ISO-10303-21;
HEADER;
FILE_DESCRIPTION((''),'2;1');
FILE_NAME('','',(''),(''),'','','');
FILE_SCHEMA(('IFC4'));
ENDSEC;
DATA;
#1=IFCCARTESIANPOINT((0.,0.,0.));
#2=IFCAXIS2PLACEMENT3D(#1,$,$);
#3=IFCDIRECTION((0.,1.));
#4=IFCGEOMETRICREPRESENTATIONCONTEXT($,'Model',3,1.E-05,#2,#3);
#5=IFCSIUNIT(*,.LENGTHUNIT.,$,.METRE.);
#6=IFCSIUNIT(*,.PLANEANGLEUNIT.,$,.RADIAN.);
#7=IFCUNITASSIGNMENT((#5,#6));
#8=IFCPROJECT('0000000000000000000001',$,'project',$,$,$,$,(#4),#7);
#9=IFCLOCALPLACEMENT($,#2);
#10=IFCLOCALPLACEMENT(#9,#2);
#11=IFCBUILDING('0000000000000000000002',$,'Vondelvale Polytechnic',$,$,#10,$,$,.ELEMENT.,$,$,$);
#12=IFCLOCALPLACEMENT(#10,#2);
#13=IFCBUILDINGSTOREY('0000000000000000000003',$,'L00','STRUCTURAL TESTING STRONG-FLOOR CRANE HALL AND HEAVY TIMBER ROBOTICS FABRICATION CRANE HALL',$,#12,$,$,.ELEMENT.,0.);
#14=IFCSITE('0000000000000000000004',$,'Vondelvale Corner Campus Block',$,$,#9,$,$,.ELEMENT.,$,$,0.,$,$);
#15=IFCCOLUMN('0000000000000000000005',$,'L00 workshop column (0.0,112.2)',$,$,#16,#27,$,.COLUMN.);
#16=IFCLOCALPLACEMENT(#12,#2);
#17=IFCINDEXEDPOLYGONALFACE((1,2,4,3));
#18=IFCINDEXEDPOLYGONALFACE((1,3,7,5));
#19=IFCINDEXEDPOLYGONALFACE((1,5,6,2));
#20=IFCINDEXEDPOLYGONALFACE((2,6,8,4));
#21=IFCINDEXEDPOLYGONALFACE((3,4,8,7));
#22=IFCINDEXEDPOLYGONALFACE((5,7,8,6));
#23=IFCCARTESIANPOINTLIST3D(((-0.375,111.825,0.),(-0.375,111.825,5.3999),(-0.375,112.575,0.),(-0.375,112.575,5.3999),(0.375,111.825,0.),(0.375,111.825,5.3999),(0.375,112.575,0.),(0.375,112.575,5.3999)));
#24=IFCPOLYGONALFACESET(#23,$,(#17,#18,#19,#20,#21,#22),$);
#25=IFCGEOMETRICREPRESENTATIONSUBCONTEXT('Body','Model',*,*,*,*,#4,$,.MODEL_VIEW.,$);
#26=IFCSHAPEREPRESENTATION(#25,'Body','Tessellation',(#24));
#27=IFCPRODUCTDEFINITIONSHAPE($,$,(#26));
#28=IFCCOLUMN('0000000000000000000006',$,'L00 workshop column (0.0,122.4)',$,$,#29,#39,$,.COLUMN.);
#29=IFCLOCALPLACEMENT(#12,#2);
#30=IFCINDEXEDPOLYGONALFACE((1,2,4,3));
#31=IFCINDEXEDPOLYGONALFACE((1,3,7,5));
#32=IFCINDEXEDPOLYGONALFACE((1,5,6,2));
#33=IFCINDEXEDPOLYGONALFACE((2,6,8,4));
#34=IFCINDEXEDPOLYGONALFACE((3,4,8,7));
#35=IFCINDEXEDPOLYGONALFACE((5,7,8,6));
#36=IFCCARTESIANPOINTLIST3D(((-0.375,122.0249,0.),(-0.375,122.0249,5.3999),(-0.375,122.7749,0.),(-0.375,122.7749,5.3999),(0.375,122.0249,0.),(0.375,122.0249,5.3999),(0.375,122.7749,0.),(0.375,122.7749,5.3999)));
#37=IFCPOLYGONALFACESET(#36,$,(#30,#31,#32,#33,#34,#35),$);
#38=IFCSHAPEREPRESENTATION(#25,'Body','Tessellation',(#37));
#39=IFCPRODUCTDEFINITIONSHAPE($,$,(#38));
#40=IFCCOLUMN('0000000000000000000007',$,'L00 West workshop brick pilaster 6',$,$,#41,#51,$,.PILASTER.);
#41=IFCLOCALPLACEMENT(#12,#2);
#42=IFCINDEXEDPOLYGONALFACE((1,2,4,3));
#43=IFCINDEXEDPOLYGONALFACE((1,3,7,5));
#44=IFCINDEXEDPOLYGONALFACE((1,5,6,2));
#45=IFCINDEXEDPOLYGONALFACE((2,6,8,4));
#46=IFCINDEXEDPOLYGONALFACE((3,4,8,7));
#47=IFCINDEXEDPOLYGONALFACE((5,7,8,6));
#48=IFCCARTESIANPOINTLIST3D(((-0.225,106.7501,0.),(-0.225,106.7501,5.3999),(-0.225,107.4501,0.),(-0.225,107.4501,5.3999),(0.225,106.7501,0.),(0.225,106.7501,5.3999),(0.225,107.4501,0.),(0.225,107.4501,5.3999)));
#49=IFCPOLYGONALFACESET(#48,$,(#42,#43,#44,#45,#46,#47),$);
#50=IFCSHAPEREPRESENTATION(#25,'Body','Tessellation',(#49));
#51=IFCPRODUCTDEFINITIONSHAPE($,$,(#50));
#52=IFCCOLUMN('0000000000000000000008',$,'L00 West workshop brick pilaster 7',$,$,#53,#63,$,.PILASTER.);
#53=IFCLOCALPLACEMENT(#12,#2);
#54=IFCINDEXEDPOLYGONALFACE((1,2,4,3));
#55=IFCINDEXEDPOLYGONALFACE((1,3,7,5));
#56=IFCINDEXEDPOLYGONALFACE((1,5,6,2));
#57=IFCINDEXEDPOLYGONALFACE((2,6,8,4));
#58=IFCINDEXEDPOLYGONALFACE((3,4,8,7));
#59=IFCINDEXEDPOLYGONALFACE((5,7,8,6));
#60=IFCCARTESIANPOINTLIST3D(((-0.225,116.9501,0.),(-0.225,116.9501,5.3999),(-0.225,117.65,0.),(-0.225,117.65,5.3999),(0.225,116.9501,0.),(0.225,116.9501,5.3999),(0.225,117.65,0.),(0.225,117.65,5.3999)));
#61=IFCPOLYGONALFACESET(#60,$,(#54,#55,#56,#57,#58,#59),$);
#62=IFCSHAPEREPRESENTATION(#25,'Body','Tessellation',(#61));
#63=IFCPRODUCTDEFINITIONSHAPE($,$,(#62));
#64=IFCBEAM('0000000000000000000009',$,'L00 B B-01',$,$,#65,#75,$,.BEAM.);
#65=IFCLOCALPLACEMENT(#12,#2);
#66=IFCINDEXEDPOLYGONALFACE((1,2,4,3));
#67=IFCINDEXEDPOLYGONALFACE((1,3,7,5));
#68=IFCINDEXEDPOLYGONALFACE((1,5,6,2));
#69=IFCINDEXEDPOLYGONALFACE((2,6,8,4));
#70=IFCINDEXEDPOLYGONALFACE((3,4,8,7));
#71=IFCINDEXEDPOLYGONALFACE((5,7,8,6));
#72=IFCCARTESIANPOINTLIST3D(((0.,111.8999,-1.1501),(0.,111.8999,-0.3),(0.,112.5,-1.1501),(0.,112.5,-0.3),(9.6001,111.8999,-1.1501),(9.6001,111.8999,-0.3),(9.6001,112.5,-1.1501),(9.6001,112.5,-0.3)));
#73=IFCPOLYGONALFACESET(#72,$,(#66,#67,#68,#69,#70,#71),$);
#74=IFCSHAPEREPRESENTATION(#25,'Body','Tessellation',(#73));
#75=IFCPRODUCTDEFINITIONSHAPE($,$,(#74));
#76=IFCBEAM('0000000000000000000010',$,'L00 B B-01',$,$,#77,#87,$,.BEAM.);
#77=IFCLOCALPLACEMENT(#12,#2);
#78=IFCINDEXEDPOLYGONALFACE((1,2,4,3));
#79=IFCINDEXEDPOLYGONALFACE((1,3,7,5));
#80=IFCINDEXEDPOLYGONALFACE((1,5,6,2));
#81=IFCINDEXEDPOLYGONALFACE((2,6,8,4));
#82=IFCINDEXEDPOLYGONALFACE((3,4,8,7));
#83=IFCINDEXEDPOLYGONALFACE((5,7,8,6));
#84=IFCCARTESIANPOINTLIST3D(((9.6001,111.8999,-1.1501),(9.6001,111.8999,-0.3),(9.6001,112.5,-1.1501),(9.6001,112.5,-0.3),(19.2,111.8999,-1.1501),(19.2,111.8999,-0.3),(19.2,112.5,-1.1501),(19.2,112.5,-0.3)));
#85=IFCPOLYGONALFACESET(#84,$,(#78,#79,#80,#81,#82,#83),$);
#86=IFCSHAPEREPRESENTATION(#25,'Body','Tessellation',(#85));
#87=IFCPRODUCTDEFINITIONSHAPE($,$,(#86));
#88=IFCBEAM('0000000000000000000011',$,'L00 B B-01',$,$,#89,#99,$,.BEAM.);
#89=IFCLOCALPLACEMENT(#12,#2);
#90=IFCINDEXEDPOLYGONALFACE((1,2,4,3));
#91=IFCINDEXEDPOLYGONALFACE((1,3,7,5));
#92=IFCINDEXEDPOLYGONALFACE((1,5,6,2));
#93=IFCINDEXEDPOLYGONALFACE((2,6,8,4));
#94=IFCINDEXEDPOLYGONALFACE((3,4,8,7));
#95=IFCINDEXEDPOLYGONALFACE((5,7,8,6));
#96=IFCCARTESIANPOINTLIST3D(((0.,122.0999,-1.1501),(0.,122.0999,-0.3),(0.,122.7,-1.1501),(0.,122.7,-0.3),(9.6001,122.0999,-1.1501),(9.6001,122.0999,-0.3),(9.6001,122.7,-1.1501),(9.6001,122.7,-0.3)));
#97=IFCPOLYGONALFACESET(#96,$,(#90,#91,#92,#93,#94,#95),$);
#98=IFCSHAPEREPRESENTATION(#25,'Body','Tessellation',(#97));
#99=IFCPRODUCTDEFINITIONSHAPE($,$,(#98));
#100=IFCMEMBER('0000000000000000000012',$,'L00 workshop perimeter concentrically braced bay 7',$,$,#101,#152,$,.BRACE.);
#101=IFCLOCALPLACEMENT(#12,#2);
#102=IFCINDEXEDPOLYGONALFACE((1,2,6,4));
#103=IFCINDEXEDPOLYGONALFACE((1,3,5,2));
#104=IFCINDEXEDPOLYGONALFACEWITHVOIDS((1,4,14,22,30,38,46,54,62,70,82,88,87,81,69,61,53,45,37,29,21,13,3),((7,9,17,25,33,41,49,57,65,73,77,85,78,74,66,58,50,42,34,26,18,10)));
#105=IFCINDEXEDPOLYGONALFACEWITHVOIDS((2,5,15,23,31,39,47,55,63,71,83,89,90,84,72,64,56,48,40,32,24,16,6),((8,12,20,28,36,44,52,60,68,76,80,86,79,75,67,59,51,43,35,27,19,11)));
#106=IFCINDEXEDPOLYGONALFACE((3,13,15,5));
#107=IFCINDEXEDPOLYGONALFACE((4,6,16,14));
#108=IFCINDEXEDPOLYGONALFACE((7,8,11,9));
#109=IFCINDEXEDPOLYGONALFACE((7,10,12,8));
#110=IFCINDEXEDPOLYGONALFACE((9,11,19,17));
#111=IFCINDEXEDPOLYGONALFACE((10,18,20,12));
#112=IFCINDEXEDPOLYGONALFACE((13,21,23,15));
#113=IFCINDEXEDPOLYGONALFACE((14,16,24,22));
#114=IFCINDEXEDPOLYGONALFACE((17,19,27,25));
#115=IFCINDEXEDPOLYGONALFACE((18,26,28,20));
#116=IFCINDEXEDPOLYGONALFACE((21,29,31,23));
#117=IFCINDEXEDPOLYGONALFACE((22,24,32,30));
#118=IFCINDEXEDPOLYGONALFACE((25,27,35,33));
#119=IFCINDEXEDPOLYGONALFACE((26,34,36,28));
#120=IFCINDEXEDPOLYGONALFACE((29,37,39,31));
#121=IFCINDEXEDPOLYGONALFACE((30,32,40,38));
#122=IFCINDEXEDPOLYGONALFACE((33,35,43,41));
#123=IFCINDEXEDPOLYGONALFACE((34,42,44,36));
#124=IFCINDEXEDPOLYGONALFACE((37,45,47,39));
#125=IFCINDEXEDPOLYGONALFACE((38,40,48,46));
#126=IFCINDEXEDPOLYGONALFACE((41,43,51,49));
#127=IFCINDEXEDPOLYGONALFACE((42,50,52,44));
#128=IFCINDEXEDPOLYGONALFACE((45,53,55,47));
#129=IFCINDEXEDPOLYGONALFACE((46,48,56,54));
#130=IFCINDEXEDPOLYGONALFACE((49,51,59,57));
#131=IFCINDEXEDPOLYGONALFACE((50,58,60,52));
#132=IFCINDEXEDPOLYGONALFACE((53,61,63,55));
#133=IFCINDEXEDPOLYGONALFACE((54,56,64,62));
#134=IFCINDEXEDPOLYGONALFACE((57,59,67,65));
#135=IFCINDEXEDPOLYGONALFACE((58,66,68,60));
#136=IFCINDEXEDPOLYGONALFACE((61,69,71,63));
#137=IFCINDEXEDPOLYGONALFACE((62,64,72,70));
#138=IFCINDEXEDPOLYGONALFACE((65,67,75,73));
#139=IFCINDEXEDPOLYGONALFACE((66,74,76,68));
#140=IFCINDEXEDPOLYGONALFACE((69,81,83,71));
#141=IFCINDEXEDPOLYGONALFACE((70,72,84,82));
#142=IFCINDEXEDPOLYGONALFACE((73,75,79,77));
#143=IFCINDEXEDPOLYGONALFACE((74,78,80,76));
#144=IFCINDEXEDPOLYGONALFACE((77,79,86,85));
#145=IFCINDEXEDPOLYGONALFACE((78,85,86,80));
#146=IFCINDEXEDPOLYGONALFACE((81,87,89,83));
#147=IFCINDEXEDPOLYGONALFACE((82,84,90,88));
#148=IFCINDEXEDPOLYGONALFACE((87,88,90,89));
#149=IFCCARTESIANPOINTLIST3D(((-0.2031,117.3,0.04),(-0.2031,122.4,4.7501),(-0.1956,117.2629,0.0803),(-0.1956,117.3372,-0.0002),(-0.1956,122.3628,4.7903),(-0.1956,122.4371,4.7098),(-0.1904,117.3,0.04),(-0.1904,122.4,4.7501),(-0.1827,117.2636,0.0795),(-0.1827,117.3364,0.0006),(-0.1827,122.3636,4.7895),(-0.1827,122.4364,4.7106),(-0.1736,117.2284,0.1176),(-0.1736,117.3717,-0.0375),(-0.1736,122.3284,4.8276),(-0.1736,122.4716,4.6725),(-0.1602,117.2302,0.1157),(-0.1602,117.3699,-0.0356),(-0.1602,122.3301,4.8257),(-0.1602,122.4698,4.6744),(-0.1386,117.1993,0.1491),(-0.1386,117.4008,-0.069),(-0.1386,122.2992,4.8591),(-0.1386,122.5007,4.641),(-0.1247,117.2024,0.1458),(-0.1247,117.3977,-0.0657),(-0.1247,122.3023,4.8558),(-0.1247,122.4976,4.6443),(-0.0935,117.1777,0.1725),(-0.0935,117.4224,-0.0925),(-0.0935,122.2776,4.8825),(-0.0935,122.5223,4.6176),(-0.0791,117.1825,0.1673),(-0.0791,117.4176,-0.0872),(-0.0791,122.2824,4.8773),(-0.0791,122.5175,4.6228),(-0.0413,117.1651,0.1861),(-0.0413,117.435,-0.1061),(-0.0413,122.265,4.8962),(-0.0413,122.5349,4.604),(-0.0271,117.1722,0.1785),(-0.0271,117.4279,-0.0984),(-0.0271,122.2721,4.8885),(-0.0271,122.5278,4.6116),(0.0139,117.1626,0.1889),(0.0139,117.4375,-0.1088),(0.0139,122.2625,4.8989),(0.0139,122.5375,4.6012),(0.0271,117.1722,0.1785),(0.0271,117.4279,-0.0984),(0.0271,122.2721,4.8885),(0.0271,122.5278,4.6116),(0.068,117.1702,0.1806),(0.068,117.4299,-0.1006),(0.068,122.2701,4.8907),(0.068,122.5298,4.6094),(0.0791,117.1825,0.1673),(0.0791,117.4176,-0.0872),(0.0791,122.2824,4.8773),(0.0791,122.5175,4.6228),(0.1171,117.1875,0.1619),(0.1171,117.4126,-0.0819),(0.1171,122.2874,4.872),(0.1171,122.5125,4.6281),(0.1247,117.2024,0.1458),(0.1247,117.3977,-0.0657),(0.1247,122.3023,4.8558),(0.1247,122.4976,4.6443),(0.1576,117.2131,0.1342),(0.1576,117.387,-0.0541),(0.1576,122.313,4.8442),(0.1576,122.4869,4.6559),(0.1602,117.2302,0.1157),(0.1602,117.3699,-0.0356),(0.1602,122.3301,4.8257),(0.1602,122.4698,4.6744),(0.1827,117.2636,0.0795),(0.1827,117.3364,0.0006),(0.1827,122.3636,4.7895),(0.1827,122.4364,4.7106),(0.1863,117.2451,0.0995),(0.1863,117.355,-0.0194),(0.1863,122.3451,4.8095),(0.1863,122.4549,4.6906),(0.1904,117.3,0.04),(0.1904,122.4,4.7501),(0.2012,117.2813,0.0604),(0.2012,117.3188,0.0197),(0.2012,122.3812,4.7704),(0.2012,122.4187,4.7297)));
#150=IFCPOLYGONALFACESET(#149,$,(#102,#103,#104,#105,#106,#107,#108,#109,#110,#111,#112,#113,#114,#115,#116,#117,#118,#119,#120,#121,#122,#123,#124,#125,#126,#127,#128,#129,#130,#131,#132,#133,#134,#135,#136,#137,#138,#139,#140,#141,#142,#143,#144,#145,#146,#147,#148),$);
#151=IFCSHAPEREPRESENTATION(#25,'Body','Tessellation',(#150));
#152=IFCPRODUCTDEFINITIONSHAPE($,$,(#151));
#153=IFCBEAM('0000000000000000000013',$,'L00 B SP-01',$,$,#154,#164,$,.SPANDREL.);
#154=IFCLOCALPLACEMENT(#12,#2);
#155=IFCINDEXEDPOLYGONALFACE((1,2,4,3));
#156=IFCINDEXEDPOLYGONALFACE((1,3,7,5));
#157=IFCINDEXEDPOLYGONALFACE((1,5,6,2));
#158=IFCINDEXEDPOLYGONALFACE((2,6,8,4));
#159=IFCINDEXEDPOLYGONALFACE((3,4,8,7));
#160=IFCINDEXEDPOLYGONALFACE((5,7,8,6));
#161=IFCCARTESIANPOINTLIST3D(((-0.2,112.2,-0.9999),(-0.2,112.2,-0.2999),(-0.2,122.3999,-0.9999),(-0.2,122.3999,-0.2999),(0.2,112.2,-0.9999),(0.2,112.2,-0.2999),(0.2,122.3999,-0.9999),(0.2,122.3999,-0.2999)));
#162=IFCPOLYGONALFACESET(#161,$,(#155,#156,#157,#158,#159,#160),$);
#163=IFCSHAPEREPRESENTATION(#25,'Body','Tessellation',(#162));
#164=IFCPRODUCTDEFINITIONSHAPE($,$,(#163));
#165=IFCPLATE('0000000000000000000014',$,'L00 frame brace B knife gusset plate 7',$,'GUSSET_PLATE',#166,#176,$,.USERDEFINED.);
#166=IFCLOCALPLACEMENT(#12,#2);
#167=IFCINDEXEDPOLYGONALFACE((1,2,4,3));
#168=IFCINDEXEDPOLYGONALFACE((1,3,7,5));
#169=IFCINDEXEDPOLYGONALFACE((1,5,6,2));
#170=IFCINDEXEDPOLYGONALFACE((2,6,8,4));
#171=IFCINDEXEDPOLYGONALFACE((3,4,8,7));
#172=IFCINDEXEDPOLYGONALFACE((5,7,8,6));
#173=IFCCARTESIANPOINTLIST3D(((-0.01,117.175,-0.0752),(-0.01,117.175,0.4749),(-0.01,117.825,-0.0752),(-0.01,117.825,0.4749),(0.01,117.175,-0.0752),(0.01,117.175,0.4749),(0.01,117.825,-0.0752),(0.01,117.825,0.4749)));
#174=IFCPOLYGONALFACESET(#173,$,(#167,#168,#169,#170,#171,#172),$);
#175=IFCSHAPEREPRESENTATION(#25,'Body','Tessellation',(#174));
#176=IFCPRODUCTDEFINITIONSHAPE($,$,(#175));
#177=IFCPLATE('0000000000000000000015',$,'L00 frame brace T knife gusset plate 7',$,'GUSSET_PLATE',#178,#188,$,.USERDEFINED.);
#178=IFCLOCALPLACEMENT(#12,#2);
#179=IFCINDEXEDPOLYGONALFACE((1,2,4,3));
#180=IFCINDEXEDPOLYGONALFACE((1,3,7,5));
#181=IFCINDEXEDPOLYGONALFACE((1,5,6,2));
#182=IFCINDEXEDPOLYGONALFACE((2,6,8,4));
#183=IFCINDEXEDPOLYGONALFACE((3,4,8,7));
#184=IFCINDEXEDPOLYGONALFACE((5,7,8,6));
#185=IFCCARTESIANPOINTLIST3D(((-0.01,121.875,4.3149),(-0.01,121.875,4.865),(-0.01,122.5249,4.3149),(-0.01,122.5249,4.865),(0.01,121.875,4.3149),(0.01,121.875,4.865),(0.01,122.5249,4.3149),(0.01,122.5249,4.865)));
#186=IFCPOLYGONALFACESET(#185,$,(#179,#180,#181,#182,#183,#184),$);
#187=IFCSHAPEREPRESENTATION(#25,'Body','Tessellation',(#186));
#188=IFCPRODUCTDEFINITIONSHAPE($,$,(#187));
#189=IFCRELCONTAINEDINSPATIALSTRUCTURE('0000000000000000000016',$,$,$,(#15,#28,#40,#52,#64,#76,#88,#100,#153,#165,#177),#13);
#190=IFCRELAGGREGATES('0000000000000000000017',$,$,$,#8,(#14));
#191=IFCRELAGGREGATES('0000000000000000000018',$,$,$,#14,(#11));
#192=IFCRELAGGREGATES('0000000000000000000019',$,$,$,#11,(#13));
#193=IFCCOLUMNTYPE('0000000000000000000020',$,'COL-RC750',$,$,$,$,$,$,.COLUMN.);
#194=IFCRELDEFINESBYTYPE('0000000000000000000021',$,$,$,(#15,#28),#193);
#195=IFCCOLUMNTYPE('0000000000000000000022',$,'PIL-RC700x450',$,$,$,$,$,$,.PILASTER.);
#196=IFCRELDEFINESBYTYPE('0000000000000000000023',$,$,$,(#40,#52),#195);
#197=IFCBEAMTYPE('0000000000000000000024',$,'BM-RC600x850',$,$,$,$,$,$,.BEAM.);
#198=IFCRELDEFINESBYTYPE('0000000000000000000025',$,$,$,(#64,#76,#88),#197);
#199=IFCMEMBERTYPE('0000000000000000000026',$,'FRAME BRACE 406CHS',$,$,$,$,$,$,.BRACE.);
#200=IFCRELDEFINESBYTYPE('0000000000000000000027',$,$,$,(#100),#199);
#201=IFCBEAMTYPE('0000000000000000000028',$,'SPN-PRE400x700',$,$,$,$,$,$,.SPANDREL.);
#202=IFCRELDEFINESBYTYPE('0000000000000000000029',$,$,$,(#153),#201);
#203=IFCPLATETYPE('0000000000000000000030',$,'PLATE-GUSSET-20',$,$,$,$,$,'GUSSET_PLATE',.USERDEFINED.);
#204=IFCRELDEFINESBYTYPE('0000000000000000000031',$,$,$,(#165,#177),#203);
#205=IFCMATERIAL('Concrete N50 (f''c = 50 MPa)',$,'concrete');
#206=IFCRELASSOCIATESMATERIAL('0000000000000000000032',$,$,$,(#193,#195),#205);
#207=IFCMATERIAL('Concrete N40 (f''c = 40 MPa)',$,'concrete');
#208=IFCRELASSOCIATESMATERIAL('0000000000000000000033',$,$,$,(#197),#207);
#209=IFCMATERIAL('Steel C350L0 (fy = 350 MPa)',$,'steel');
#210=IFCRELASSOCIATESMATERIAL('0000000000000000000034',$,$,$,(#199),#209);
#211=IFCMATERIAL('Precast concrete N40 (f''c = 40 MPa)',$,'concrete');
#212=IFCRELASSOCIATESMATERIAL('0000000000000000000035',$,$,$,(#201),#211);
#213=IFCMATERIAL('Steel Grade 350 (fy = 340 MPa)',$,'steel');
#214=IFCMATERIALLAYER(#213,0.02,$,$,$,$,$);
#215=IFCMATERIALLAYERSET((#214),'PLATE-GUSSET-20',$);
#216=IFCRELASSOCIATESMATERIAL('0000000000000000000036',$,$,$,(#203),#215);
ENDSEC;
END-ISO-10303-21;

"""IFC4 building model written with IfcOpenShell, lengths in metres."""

from ifc_helpers import new_model, si_unit, direction, frame, origin, origin_2d, place, context, subcontext, project, spatial, rectangle, hollow_circle, extrude, material, layer, layer_set, material_profile, profile_set, type_object, element, save


model = new_model("IFC4")

# Units and contexts
model_context = context("Model", 3, precision=1e-05, world=origin(), true_north=direction((0.0, 1.0)))
body_context = subcontext(model_context, "Body", "Model", "MODEL_VIEW")
ifc_project = project(units=[si_unit("LENGTHUNIT", "METRE"), si_unit("PLANEANGLEUNIT", "RADIAN")], contexts=[model_context])

# Site, building, storey
site_placement = place(None, origin())
site = spatial("IfcSite", under=ifc_project, at=site_placement, Name="Vondelvale Corner Campus Block", CompositionType="ELEMENT", RefElevation=0.0)
building_placement = place(site_placement, origin())
building = spatial("IfcBuilding", under=site, at=building_placement, Name="Vondelvale Polytechnic", CompositionType="ELEMENT")
storey_placement = place(building_placement, origin())
storey = spatial("IfcBuildingStorey", under=building, at=storey_placement, Name="L00", Description="STRUCTURAL TESTING STRONG-FLOOR CRANE HALL AND HEAVY TIMBER ROBOTICS FABRICATION CRANE HALL", CompositionType="ELEMENT", Elevation=0.0)

# Columns
ifc_material_1 = material(Name="Concrete N50 (f'c = 50 MPa)", Category="concrete")
ifc_material_profile_1 = material_profile(ifc_material_1, rectangle(XDim=0.75, YDim=0.75, at=origin_2d()), Name="RC-COL-750x750")
ifc_profile_set_1 = profile_set([ifc_material_profile_1], Name="Concrete N50 (f'c = 50 MPa)")
column_type_1 = type_object("IfcColumnType", Name="COL-RC750", PredefinedType="COLUMN", material=ifc_profile_set_1)
for number, where, z_axis, x_axis, name in (
    (1, (0.0, 112.2, 0.0), (0.0, 0.0, 1.0), (1.0, 0.0, 0.0), "L00 workshop column (0.0,112.2)"),
    (2, (0.0, 122.3999, 0.0), (0.0, 0.0, 1.0), (1.0, 0.0, 0.0), "L00 workshop column (0.0,122.4)"),
):
    element("IfcColumn", number, at=place(storey_placement, frame(where, z_axis=z_axis, x_axis=x_axis)), inside=storey, type_object=column_type_1, Name=name, PredefinedType="COLUMN", context=body_context, shape_type="SweptSolid", body=[
        extrude(rectangle(XDim=0.75, YDim=0.75, at=origin_2d()), origin(), (0.0, 0.0, 1.0), 5.3999),
    ])
ifc_material_profile_2 = material_profile(ifc_material_1, rectangle(XDim=0.45, YDim=0.7, at=origin_2d()), Name="RC-PIL-700x450")
ifc_profile_set_2 = profile_set([ifc_material_profile_2], Name="Concrete N50 (f'c = 50 MPa)")
column_type_2 = type_object("IfcColumnType", Name="PIL-RC700x450", PredefinedType="PILASTER", material=ifc_profile_set_2)
for number, where, z_axis, x_axis, name in (
    (3, (0.0, 107.1001, 0.0), (0.0, 0.0, 1.0), (1.0, 0.0, 0.0), "L00 West workshop brick pilaster 6"),
    (4, (0.0, 117.3, 0.0), (0.0, 0.0, 1.0), (1.0, 0.0, 0.0), "L00 West workshop brick pilaster 7"),
):
    element("IfcColumn", number, at=place(storey_placement, frame(where, z_axis=z_axis, x_axis=x_axis)), inside=storey, type_object=column_type_2, Name=name, PredefinedType="PILASTER", context=body_context, shape_type="SweptSolid", body=[
        extrude(rectangle(XDim=0.45, YDim=0.7, at=origin_2d()), origin(), (0.0, 0.0, 1.0), 5.3999),
    ])

# Beams
ifc_material_2 = material(Name="Concrete N40 (f'c = 40 MPa)", Category="concrete")
ifc_material_profile_3 = material_profile(ifc_material_2, rectangle(XDim=0.6001, YDim=0.8501, at=origin_2d()), Name="RC-BM-600x850")
ifc_profile_set_3 = profile_set([ifc_material_profile_3], Name="Concrete N40 (f'c = 40 MPa)")
beam_type_1 = type_object("IfcBeamType", Name="BM-RC600x850", PredefinedType="BEAM", material=ifc_profile_set_3)
beam_1_placement = place(storey_placement, frame((0.0, 112.2, -0.7251), z_axis=(1.0, 0.0, 0.0), x_axis=(0.0, 1.0, 0.0)))
element("IfcBeam", 5, at=beam_1_placement, inside=storey, type_object=beam_type_1, Name="L00 B B-01", PredefinedType="BEAM", context=body_context, shape_type="SweptSolid", body=[
    extrude(rectangle(XDim=0.6001, YDim=0.8501, at=origin_2d()), origin(), (0.0, 0.0, 1.0), 9.6001),
])
beam_2_placement = place(storey_placement, frame((9.6001, 112.2, -0.7251), z_axis=(1.0, 0.0, 0.0), x_axis=(0.0, 1.0, 0.0)))
element("IfcBeam", 6, at=beam_2_placement, inside=storey, type_object=beam_type_1, Name="L00 B B-01", PredefinedType="BEAM", context=body_context, shape_type="SweptSolid", body=[
    extrude(rectangle(XDim=0.6001, YDim=0.8501, at=origin_2d()), origin(), (0.0, 0.0, 1.0), 9.5999),
])
beam_3_placement = place(storey_placement, frame((0.0, 122.3999, -0.7251), z_axis=(1.0, 0.0, 0.0), x_axis=(0.0, 1.0, 0.0)))
element("IfcBeam", 7, at=beam_3_placement, inside=storey, type_object=beam_type_1, Name="L00 B B-01", PredefinedType="BEAM", context=body_context, shape_type="SweptSolid", body=[
    extrude(rectangle(XDim=0.6001, YDim=0.8501, at=origin_2d()), origin(), (0.0, 0.0, 1.0), 9.6001),
])

# Member
ifc_material_3 = material(Name="Steel C350L0 (fy = 350 MPa)", Category="steel")
ifc_material_profile_4 = material_profile(ifc_material_3, hollow_circle(Radius=0.2031, WallThickness=0.0127, at=origin_2d()), Name="406.4x12.7CHS")
ifc_profile_set_4 = profile_set([ifc_material_profile_4], Name="Steel C350L0 (fy = 350 MPa)")
member_type = type_object("IfcMemberType", Name="FRAME BRACE 406CHS", PredefinedType="BRACE", material=ifc_profile_set_4)
member_placement = place(storey_placement, frame((0.0, 117.3, 0.04), z_axis=(0.0, 0.734631, 0.678467), x_axis=(-1.0, 0.0, 0.0)))
element("IfcMember", 8, at=member_placement, inside=storey, type_object=member_type, Name="L00 workshop perimeter concentrically braced bay 7", PredefinedType="BRACE", context=body_context, shape_type="SweptSolid", body=[
    extrude(hollow_circle(Radius=0.2031, WallThickness=0.0127, at=origin_2d()), origin(), (0.0, 0.0, 1.0), 6.9421),
])

# Beam
ifc_material_4 = material(Name="Precast concrete N40 (f'c = 40 MPa)", Category="concrete")
ifc_material_profile_5 = material_profile(ifc_material_4, rectangle(XDim=0.3999, YDim=0.7, at=origin_2d()), Name="RC-SPN-400x700")
ifc_profile_set_5 = profile_set([ifc_material_profile_5], Name="Precast concrete N40 (f'c = 40 MPa)")
beam_type_2 = type_object("IfcBeamType", Name="SPN-PRE400x700", PredefinedType="SPANDREL", material=ifc_profile_set_5)
beam_4_placement = place(storey_placement, frame((0.0, 112.2, -0.6499), z_axis=(0.0, 1.0, 0.0), x_axis=(-1.0, 0.0, 0.0)))
element("IfcBeam", 9, at=beam_4_placement, inside=storey, type_object=beam_type_2, Name="L00 B SP-01", PredefinedType="SPANDREL", context=body_context, shape_type="SweptSolid", body=[
    extrude(rectangle(XDim=0.3999, YDim=0.7, at=origin_2d()), origin(), (0.0, 0.0, 1.0), 10.2),
])

# Plates
ifc_material_5 = material(Name="Steel Grade 350 (fy = 340 MPa)", Category="steel")
ifc_layer_1 = layer(ifc_material_5, 0.02)
ifc_layer_set_1 = layer_set([ifc_layer_1], Name="PLATE-GUSSET-20")
plate_type = type_object("IfcPlateType", Name="PLATE-GUSSET-20", ElementType="GUSSET_PLATE", PredefinedType="USERDEFINED", material=ifc_layer_set_1)
for number, where, z_axis, x_axis, name in (
    (10, (0.0, 117.5, -0.0752), (0.0, 0.0, 1.0), (1.0, 0.0, 0.0), "L00 frame brace B knife gusset plate 7"),
    (11, (0.0, 122.2, 4.3149), (0.0, 0.0, 1.0), (1.0, 0.0, 0.0), "L00 frame brace T knife gusset plate 7"),
):
    element("IfcPlate", number, at=place(storey_placement, frame(where, z_axis=z_axis, x_axis=x_axis)), inside=storey, type_object=plate_type, Name=name, ObjectType="GUSSET_PLATE", PredefinedType="USERDEFINED", context=body_context, shape_type="SweptSolid", body=[
        extrude(rectangle(XDim=0.02, YDim=0.6499, at=origin_2d()), origin(), (0.0, 0.0, 1.0), 0.55),
    ])

save(model, "model.ifc")
